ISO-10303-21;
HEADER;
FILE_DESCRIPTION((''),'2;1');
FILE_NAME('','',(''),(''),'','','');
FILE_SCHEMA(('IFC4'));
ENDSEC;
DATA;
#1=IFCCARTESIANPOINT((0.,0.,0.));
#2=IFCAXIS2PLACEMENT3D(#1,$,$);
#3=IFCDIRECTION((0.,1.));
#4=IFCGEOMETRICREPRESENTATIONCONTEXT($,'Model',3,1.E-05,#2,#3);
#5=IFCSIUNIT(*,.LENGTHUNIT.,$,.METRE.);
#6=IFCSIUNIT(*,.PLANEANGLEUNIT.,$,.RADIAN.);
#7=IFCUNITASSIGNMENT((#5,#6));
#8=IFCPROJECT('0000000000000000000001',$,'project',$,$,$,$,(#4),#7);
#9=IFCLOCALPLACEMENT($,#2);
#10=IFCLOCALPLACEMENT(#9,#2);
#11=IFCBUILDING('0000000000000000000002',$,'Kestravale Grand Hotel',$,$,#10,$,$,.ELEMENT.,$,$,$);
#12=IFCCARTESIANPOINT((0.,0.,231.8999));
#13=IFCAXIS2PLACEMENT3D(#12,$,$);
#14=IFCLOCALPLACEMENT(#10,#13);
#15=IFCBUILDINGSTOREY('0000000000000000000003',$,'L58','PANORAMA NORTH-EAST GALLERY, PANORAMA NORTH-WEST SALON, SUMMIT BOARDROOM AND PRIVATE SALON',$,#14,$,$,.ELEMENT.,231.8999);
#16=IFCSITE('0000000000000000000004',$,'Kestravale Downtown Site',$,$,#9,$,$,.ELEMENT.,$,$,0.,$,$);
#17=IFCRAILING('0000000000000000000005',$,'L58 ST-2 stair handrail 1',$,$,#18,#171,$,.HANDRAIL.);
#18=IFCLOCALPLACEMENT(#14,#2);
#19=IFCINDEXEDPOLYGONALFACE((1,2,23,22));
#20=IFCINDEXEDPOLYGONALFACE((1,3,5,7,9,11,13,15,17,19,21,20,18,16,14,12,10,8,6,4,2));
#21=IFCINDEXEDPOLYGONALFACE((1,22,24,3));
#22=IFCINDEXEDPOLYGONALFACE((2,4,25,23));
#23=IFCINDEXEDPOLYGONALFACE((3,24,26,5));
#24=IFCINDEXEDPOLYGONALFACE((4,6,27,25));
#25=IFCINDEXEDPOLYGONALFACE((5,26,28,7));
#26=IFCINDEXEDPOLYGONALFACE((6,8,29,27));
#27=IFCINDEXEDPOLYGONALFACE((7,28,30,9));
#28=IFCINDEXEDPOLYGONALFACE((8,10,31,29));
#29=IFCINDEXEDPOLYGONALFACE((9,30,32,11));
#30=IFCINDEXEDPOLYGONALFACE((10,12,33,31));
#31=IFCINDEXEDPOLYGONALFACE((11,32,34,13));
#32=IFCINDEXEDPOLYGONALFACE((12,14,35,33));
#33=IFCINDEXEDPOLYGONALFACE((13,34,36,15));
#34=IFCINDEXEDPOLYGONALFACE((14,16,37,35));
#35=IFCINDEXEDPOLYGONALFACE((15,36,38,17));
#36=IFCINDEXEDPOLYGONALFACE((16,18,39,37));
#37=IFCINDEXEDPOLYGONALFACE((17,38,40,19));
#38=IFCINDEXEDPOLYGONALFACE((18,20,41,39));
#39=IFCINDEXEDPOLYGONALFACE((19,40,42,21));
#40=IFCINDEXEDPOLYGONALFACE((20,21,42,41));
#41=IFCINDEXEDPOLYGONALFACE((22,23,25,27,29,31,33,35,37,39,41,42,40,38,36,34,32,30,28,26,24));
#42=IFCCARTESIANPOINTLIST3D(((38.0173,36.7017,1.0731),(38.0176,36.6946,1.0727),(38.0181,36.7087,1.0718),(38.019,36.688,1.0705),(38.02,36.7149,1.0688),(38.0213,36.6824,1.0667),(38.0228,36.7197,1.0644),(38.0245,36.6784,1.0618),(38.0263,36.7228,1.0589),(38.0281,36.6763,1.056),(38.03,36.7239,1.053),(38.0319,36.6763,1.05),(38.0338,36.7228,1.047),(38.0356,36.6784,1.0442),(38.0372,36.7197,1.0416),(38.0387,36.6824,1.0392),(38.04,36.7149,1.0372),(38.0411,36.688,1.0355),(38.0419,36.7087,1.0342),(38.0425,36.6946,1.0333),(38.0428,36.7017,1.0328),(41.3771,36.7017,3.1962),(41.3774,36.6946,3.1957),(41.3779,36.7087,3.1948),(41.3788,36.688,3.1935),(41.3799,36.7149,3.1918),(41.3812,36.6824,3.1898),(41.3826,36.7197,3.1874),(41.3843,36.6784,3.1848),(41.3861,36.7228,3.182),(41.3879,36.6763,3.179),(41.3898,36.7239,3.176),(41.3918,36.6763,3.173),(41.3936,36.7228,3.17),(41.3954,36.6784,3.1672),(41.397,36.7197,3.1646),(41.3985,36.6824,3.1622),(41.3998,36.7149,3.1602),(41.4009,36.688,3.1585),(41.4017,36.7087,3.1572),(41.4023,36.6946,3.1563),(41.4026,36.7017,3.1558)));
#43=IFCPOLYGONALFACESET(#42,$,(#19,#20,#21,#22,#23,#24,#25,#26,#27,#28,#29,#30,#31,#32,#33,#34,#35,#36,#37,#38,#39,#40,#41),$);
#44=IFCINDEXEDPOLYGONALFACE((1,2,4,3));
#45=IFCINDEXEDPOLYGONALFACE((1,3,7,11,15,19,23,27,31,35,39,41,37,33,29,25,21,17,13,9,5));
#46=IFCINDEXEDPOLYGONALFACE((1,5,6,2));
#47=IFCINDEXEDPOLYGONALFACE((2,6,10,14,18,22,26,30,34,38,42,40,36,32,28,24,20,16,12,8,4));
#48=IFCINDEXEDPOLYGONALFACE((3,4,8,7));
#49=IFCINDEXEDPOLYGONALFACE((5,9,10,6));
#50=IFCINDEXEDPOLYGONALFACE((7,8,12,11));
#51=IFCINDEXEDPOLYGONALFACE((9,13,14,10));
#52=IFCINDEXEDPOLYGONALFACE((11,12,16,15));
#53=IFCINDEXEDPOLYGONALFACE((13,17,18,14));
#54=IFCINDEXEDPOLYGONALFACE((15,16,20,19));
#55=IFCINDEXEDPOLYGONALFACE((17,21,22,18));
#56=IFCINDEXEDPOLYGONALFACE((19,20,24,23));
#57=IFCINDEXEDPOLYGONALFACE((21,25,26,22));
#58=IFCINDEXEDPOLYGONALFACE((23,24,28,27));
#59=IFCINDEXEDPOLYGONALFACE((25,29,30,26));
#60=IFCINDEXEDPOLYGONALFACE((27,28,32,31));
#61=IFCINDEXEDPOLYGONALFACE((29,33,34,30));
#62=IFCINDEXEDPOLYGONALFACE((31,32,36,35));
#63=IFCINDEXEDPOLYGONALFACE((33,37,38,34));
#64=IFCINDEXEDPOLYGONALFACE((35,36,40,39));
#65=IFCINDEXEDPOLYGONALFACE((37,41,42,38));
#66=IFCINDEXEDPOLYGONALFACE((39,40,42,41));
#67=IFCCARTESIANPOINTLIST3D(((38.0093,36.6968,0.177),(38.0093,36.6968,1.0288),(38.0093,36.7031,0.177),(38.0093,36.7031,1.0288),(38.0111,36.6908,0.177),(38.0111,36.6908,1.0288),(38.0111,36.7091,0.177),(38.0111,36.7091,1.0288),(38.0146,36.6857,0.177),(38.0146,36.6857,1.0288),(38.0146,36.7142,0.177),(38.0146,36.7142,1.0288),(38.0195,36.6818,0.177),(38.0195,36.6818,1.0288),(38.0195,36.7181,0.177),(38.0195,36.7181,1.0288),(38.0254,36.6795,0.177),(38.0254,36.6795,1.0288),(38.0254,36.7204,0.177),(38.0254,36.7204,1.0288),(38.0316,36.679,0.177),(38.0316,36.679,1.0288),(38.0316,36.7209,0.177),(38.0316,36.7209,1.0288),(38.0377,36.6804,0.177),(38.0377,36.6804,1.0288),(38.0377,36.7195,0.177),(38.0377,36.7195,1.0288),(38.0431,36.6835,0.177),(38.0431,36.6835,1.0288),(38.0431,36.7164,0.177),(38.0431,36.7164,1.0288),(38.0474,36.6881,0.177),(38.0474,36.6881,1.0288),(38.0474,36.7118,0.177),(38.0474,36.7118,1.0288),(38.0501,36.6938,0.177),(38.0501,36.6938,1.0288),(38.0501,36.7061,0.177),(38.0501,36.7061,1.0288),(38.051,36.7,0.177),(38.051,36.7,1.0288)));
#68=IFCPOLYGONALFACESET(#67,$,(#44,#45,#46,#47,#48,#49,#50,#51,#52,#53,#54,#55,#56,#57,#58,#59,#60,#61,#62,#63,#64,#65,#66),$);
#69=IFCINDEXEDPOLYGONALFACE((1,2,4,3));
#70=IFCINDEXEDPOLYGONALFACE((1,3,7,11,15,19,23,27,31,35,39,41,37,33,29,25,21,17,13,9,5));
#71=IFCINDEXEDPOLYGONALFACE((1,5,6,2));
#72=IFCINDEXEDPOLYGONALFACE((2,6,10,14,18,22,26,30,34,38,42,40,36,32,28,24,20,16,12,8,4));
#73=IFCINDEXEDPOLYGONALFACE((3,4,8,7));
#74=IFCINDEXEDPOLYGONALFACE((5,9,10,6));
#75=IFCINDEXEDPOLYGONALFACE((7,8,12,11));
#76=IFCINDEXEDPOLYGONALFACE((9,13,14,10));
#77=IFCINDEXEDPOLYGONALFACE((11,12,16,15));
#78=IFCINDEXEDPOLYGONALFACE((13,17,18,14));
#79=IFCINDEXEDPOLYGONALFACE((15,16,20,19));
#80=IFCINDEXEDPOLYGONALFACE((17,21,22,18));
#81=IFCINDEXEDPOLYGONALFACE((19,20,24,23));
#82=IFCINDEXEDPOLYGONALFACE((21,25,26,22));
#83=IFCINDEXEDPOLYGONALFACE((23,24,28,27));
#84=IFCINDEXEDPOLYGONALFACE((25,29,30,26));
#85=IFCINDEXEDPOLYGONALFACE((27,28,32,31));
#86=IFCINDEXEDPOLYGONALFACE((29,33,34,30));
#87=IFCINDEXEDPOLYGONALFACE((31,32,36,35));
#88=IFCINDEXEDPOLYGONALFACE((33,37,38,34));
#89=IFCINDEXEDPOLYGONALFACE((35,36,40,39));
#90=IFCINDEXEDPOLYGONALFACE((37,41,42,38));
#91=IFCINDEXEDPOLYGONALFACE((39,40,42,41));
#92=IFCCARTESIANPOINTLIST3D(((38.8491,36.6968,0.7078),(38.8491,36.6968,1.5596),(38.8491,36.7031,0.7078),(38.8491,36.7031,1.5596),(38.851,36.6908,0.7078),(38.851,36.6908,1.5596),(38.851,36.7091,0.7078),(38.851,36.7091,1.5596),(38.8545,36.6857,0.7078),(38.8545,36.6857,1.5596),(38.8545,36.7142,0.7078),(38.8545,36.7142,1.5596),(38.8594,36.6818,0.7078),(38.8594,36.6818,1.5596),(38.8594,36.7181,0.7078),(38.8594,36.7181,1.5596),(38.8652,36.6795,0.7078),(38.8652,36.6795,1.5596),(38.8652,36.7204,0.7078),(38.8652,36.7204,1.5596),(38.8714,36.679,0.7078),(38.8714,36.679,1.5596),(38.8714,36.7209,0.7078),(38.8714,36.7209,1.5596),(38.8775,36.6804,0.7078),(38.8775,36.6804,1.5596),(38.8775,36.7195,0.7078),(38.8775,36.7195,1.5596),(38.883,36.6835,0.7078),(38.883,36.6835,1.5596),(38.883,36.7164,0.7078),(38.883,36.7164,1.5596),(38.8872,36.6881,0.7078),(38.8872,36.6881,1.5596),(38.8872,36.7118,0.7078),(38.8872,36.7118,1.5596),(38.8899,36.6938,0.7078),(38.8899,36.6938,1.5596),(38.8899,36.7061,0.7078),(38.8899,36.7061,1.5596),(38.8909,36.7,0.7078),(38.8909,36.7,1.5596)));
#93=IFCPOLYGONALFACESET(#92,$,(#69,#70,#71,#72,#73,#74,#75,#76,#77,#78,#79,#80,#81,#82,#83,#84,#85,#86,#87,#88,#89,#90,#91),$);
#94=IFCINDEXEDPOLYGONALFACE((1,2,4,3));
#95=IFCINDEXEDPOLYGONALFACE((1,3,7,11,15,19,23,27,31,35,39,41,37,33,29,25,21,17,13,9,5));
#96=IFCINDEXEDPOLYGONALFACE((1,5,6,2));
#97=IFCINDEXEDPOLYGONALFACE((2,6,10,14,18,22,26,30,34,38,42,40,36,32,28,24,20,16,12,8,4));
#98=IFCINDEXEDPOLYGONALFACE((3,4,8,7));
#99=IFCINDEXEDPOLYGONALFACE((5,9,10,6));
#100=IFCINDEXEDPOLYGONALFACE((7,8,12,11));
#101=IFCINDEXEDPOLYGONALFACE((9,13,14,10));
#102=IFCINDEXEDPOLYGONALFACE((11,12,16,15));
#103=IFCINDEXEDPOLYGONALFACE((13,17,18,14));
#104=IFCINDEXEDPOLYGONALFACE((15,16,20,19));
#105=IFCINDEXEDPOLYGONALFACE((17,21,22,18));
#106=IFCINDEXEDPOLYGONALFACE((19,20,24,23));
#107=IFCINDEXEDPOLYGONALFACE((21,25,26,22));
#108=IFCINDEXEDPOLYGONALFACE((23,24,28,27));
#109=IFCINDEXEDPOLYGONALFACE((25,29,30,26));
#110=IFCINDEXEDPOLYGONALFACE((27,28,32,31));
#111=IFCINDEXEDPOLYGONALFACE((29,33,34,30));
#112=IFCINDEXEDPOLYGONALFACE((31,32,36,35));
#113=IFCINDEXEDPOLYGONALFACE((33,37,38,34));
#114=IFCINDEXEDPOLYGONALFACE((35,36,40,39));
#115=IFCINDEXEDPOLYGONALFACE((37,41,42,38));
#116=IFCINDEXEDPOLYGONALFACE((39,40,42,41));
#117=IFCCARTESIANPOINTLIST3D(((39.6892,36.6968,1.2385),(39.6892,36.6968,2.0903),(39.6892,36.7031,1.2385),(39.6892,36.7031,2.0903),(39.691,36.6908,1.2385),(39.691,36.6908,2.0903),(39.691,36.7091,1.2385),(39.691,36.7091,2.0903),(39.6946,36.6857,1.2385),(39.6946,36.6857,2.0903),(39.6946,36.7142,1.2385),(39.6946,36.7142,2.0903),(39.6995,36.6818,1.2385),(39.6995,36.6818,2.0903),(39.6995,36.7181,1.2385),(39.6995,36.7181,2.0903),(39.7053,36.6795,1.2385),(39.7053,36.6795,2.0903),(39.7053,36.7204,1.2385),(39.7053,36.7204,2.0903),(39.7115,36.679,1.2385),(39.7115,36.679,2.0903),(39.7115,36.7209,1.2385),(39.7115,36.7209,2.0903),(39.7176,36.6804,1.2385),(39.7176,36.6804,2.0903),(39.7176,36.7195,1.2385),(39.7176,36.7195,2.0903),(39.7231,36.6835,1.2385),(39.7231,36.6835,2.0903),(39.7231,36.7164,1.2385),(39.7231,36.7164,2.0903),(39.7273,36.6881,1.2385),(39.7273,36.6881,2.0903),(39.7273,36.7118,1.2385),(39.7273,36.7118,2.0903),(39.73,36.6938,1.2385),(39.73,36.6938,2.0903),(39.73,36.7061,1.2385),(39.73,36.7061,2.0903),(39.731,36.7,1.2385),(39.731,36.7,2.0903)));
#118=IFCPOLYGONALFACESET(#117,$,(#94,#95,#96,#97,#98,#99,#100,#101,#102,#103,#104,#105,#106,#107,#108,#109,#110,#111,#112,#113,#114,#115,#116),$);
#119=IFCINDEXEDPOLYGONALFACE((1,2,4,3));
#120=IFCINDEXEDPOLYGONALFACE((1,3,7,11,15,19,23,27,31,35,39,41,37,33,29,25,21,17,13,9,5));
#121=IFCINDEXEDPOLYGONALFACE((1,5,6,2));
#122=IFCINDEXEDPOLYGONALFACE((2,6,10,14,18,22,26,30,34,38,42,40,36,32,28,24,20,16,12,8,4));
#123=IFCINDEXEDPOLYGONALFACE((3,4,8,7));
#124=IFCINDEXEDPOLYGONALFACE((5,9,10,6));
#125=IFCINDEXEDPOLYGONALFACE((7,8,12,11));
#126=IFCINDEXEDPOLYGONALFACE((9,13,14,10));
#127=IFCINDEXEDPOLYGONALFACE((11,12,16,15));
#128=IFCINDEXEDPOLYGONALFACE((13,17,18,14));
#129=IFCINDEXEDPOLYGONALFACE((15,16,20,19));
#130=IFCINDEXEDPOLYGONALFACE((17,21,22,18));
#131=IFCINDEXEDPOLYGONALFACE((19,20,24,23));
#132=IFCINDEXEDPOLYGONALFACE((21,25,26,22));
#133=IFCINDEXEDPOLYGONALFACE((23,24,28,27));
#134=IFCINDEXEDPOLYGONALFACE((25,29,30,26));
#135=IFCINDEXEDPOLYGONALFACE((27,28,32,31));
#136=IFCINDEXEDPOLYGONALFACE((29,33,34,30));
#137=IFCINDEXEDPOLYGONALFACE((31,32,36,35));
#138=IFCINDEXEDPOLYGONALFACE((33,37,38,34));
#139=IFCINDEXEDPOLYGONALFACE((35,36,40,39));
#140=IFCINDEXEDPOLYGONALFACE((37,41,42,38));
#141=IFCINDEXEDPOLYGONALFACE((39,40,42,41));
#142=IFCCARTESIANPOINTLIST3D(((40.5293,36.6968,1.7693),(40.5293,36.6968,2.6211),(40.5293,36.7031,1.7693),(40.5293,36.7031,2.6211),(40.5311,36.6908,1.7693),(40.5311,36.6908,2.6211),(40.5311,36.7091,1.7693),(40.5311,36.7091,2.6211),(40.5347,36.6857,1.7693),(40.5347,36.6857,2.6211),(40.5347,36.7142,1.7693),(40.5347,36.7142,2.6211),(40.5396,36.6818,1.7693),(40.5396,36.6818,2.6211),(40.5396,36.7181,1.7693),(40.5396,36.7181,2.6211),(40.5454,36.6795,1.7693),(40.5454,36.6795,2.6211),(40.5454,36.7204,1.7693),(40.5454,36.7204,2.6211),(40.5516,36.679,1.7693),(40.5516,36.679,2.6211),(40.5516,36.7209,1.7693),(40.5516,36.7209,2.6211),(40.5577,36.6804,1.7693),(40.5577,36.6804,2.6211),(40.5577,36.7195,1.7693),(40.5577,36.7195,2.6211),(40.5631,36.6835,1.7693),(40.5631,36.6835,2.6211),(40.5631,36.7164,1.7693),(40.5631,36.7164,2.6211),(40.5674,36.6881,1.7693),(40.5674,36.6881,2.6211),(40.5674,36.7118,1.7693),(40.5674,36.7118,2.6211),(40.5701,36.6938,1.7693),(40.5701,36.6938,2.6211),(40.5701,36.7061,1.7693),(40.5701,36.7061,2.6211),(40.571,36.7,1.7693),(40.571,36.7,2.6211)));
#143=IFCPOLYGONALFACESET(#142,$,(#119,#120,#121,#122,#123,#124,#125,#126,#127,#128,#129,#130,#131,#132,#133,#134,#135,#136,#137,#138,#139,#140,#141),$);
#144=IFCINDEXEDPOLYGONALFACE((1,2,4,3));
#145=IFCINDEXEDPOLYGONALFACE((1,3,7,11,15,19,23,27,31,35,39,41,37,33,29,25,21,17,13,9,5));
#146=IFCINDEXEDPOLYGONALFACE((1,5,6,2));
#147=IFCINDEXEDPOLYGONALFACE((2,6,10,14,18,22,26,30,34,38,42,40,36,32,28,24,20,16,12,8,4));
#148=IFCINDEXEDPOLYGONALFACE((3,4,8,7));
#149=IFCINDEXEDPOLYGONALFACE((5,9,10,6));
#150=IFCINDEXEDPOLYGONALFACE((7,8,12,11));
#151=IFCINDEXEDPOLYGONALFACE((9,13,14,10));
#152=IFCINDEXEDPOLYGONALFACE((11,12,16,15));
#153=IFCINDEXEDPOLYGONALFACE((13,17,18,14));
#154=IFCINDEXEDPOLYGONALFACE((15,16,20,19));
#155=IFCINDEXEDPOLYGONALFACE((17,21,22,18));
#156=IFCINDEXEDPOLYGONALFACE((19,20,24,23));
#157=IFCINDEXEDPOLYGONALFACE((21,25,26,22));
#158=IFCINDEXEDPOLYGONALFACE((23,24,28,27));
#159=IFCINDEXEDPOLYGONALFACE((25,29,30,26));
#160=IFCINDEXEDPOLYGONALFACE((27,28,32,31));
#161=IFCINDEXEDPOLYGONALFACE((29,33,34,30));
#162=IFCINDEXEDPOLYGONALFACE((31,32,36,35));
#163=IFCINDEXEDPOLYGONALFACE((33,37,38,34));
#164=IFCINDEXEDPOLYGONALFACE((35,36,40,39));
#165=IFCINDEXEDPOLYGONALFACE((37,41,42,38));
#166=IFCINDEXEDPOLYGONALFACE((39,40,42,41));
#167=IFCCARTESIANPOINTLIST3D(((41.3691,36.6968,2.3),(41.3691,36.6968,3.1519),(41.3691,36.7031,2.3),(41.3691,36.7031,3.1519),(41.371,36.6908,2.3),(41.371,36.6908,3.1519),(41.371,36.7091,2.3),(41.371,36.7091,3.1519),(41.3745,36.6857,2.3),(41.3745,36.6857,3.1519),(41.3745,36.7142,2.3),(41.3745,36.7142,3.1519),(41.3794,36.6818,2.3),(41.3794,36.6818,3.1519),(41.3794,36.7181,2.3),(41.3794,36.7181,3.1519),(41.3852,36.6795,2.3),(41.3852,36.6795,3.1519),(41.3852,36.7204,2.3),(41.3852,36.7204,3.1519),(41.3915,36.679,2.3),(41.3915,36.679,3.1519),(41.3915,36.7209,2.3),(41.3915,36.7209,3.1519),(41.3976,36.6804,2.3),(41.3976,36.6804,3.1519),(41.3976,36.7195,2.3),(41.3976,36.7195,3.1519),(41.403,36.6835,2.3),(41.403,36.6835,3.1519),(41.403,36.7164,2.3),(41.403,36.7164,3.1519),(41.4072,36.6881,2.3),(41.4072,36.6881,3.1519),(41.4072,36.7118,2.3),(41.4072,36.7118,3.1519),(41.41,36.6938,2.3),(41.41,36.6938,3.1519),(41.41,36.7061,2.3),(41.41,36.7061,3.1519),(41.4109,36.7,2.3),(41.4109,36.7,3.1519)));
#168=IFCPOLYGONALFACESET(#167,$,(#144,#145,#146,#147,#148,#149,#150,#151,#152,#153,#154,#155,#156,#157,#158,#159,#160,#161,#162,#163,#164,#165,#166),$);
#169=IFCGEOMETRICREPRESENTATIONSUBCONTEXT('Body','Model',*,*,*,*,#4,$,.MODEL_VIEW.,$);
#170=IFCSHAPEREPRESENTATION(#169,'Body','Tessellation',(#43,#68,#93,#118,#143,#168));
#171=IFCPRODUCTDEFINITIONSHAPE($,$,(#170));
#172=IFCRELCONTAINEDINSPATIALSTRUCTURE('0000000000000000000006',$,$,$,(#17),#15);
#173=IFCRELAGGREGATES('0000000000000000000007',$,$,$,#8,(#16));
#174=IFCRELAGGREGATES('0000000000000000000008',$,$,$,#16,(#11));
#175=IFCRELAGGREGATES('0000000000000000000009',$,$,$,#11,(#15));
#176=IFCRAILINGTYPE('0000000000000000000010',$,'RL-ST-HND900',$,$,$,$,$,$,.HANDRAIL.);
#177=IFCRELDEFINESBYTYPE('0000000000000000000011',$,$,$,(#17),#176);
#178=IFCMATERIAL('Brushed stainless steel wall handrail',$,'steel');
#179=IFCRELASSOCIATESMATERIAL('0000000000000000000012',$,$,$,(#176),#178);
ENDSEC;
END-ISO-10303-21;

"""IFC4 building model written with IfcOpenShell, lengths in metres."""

from ifc_helpers import new_model, si_unit, direction, frame, origin, origin_2d, place, context, subcontext, project, spatial, circle, extrude, material, type_object, element, save


model = new_model("IFC4")

# Units and contexts
model_context = context("Model", 3, precision=1e-05, world=origin(), true_north=direction((0.0, 1.0)))
body_context = subcontext(model_context, "Body", "Model", "MODEL_VIEW")
ifc_project = project(units=[si_unit("LENGTHUNIT", "METRE"), si_unit("PLANEANGLEUNIT", "RADIAN")], contexts=[model_context])

# Site, building, storey
site_placement = place(None, origin())
site = spatial("IfcSite", under=ifc_project, at=site_placement, Name="Kestravale Downtown Site", CompositionType="ELEMENT", RefElevation=0.0)
building_placement = place(site_placement, origin())
building = spatial("IfcBuilding", under=site, at=building_placement, Name="Kestravale Grand Hotel", CompositionType="ELEMENT")
storey_placement = place(building_placement, frame((0.0, 0.0, 231.8999)))
storey = spatial("IfcBuildingStorey", under=building, at=storey_placement, Name="L58", Description="PANORAMA NORTH-EAST GALLERY, PANORAMA NORTH-WEST SALON, SUMMIT BOARDROOM AND PRIVATE SALON", CompositionType="ELEMENT", Elevation=231.8999)

# Railing
ifc_material_1 = material(Name="Brushed stainless steel wall handrail", Category="steel")
railing_type_1 = type_object("IfcRailingType", Name="RL-ST-HND900", PredefinedType="HANDRAIL", material=ifc_material_1)
railing_1_placement = place(storey_placement, frame((38.03, 36.7, 0.177)))
element("IfcRailing", 1, at=railing_1_placement, inside=storey, type_object=railing_type_1, Name="L58 ST-2 stair handrail 1", PredefinedType="HANDRAIL", context=body_context, shape_type="SweptSolid", body=[
    extrude(circle(Radius=0.0239, at=origin_2d()), frame((0.0, 0.0, 0.876), z_axis=(0.845372, 0.0, 0.534178), x_axis=(0.0, 1.0, 0.0)), (0.0, 0.0, 1.0), 3.9744),
    extrude(circle(Radius=0.021, at=origin_2d()), origin(), (0.0, 0.0, 1.0), 0.8518),
    extrude(circle(Radius=0.021, at=origin_2d()), frame((0.8398, 0.0, 0.5308)), (0.0, 0.0, 1.0), 0.8518),
    extrude(circle(Radius=0.021, at=origin_2d()), frame((1.6799, 0.0, 1.0615)), (0.0, 0.0, 1.0), 0.8518),
    extrude(circle(Radius=0.021, at=origin_2d()), frame((2.52, 0.0, 1.5923)), (0.0, 0.0, 1.0), 0.8518),
    extrude(circle(Radius=0.021, at=origin_2d()), frame((3.3599, 0.0, 2.123)), (0.0, 0.0, 1.0), 0.8518),
])

save(model, "model.ifc")
